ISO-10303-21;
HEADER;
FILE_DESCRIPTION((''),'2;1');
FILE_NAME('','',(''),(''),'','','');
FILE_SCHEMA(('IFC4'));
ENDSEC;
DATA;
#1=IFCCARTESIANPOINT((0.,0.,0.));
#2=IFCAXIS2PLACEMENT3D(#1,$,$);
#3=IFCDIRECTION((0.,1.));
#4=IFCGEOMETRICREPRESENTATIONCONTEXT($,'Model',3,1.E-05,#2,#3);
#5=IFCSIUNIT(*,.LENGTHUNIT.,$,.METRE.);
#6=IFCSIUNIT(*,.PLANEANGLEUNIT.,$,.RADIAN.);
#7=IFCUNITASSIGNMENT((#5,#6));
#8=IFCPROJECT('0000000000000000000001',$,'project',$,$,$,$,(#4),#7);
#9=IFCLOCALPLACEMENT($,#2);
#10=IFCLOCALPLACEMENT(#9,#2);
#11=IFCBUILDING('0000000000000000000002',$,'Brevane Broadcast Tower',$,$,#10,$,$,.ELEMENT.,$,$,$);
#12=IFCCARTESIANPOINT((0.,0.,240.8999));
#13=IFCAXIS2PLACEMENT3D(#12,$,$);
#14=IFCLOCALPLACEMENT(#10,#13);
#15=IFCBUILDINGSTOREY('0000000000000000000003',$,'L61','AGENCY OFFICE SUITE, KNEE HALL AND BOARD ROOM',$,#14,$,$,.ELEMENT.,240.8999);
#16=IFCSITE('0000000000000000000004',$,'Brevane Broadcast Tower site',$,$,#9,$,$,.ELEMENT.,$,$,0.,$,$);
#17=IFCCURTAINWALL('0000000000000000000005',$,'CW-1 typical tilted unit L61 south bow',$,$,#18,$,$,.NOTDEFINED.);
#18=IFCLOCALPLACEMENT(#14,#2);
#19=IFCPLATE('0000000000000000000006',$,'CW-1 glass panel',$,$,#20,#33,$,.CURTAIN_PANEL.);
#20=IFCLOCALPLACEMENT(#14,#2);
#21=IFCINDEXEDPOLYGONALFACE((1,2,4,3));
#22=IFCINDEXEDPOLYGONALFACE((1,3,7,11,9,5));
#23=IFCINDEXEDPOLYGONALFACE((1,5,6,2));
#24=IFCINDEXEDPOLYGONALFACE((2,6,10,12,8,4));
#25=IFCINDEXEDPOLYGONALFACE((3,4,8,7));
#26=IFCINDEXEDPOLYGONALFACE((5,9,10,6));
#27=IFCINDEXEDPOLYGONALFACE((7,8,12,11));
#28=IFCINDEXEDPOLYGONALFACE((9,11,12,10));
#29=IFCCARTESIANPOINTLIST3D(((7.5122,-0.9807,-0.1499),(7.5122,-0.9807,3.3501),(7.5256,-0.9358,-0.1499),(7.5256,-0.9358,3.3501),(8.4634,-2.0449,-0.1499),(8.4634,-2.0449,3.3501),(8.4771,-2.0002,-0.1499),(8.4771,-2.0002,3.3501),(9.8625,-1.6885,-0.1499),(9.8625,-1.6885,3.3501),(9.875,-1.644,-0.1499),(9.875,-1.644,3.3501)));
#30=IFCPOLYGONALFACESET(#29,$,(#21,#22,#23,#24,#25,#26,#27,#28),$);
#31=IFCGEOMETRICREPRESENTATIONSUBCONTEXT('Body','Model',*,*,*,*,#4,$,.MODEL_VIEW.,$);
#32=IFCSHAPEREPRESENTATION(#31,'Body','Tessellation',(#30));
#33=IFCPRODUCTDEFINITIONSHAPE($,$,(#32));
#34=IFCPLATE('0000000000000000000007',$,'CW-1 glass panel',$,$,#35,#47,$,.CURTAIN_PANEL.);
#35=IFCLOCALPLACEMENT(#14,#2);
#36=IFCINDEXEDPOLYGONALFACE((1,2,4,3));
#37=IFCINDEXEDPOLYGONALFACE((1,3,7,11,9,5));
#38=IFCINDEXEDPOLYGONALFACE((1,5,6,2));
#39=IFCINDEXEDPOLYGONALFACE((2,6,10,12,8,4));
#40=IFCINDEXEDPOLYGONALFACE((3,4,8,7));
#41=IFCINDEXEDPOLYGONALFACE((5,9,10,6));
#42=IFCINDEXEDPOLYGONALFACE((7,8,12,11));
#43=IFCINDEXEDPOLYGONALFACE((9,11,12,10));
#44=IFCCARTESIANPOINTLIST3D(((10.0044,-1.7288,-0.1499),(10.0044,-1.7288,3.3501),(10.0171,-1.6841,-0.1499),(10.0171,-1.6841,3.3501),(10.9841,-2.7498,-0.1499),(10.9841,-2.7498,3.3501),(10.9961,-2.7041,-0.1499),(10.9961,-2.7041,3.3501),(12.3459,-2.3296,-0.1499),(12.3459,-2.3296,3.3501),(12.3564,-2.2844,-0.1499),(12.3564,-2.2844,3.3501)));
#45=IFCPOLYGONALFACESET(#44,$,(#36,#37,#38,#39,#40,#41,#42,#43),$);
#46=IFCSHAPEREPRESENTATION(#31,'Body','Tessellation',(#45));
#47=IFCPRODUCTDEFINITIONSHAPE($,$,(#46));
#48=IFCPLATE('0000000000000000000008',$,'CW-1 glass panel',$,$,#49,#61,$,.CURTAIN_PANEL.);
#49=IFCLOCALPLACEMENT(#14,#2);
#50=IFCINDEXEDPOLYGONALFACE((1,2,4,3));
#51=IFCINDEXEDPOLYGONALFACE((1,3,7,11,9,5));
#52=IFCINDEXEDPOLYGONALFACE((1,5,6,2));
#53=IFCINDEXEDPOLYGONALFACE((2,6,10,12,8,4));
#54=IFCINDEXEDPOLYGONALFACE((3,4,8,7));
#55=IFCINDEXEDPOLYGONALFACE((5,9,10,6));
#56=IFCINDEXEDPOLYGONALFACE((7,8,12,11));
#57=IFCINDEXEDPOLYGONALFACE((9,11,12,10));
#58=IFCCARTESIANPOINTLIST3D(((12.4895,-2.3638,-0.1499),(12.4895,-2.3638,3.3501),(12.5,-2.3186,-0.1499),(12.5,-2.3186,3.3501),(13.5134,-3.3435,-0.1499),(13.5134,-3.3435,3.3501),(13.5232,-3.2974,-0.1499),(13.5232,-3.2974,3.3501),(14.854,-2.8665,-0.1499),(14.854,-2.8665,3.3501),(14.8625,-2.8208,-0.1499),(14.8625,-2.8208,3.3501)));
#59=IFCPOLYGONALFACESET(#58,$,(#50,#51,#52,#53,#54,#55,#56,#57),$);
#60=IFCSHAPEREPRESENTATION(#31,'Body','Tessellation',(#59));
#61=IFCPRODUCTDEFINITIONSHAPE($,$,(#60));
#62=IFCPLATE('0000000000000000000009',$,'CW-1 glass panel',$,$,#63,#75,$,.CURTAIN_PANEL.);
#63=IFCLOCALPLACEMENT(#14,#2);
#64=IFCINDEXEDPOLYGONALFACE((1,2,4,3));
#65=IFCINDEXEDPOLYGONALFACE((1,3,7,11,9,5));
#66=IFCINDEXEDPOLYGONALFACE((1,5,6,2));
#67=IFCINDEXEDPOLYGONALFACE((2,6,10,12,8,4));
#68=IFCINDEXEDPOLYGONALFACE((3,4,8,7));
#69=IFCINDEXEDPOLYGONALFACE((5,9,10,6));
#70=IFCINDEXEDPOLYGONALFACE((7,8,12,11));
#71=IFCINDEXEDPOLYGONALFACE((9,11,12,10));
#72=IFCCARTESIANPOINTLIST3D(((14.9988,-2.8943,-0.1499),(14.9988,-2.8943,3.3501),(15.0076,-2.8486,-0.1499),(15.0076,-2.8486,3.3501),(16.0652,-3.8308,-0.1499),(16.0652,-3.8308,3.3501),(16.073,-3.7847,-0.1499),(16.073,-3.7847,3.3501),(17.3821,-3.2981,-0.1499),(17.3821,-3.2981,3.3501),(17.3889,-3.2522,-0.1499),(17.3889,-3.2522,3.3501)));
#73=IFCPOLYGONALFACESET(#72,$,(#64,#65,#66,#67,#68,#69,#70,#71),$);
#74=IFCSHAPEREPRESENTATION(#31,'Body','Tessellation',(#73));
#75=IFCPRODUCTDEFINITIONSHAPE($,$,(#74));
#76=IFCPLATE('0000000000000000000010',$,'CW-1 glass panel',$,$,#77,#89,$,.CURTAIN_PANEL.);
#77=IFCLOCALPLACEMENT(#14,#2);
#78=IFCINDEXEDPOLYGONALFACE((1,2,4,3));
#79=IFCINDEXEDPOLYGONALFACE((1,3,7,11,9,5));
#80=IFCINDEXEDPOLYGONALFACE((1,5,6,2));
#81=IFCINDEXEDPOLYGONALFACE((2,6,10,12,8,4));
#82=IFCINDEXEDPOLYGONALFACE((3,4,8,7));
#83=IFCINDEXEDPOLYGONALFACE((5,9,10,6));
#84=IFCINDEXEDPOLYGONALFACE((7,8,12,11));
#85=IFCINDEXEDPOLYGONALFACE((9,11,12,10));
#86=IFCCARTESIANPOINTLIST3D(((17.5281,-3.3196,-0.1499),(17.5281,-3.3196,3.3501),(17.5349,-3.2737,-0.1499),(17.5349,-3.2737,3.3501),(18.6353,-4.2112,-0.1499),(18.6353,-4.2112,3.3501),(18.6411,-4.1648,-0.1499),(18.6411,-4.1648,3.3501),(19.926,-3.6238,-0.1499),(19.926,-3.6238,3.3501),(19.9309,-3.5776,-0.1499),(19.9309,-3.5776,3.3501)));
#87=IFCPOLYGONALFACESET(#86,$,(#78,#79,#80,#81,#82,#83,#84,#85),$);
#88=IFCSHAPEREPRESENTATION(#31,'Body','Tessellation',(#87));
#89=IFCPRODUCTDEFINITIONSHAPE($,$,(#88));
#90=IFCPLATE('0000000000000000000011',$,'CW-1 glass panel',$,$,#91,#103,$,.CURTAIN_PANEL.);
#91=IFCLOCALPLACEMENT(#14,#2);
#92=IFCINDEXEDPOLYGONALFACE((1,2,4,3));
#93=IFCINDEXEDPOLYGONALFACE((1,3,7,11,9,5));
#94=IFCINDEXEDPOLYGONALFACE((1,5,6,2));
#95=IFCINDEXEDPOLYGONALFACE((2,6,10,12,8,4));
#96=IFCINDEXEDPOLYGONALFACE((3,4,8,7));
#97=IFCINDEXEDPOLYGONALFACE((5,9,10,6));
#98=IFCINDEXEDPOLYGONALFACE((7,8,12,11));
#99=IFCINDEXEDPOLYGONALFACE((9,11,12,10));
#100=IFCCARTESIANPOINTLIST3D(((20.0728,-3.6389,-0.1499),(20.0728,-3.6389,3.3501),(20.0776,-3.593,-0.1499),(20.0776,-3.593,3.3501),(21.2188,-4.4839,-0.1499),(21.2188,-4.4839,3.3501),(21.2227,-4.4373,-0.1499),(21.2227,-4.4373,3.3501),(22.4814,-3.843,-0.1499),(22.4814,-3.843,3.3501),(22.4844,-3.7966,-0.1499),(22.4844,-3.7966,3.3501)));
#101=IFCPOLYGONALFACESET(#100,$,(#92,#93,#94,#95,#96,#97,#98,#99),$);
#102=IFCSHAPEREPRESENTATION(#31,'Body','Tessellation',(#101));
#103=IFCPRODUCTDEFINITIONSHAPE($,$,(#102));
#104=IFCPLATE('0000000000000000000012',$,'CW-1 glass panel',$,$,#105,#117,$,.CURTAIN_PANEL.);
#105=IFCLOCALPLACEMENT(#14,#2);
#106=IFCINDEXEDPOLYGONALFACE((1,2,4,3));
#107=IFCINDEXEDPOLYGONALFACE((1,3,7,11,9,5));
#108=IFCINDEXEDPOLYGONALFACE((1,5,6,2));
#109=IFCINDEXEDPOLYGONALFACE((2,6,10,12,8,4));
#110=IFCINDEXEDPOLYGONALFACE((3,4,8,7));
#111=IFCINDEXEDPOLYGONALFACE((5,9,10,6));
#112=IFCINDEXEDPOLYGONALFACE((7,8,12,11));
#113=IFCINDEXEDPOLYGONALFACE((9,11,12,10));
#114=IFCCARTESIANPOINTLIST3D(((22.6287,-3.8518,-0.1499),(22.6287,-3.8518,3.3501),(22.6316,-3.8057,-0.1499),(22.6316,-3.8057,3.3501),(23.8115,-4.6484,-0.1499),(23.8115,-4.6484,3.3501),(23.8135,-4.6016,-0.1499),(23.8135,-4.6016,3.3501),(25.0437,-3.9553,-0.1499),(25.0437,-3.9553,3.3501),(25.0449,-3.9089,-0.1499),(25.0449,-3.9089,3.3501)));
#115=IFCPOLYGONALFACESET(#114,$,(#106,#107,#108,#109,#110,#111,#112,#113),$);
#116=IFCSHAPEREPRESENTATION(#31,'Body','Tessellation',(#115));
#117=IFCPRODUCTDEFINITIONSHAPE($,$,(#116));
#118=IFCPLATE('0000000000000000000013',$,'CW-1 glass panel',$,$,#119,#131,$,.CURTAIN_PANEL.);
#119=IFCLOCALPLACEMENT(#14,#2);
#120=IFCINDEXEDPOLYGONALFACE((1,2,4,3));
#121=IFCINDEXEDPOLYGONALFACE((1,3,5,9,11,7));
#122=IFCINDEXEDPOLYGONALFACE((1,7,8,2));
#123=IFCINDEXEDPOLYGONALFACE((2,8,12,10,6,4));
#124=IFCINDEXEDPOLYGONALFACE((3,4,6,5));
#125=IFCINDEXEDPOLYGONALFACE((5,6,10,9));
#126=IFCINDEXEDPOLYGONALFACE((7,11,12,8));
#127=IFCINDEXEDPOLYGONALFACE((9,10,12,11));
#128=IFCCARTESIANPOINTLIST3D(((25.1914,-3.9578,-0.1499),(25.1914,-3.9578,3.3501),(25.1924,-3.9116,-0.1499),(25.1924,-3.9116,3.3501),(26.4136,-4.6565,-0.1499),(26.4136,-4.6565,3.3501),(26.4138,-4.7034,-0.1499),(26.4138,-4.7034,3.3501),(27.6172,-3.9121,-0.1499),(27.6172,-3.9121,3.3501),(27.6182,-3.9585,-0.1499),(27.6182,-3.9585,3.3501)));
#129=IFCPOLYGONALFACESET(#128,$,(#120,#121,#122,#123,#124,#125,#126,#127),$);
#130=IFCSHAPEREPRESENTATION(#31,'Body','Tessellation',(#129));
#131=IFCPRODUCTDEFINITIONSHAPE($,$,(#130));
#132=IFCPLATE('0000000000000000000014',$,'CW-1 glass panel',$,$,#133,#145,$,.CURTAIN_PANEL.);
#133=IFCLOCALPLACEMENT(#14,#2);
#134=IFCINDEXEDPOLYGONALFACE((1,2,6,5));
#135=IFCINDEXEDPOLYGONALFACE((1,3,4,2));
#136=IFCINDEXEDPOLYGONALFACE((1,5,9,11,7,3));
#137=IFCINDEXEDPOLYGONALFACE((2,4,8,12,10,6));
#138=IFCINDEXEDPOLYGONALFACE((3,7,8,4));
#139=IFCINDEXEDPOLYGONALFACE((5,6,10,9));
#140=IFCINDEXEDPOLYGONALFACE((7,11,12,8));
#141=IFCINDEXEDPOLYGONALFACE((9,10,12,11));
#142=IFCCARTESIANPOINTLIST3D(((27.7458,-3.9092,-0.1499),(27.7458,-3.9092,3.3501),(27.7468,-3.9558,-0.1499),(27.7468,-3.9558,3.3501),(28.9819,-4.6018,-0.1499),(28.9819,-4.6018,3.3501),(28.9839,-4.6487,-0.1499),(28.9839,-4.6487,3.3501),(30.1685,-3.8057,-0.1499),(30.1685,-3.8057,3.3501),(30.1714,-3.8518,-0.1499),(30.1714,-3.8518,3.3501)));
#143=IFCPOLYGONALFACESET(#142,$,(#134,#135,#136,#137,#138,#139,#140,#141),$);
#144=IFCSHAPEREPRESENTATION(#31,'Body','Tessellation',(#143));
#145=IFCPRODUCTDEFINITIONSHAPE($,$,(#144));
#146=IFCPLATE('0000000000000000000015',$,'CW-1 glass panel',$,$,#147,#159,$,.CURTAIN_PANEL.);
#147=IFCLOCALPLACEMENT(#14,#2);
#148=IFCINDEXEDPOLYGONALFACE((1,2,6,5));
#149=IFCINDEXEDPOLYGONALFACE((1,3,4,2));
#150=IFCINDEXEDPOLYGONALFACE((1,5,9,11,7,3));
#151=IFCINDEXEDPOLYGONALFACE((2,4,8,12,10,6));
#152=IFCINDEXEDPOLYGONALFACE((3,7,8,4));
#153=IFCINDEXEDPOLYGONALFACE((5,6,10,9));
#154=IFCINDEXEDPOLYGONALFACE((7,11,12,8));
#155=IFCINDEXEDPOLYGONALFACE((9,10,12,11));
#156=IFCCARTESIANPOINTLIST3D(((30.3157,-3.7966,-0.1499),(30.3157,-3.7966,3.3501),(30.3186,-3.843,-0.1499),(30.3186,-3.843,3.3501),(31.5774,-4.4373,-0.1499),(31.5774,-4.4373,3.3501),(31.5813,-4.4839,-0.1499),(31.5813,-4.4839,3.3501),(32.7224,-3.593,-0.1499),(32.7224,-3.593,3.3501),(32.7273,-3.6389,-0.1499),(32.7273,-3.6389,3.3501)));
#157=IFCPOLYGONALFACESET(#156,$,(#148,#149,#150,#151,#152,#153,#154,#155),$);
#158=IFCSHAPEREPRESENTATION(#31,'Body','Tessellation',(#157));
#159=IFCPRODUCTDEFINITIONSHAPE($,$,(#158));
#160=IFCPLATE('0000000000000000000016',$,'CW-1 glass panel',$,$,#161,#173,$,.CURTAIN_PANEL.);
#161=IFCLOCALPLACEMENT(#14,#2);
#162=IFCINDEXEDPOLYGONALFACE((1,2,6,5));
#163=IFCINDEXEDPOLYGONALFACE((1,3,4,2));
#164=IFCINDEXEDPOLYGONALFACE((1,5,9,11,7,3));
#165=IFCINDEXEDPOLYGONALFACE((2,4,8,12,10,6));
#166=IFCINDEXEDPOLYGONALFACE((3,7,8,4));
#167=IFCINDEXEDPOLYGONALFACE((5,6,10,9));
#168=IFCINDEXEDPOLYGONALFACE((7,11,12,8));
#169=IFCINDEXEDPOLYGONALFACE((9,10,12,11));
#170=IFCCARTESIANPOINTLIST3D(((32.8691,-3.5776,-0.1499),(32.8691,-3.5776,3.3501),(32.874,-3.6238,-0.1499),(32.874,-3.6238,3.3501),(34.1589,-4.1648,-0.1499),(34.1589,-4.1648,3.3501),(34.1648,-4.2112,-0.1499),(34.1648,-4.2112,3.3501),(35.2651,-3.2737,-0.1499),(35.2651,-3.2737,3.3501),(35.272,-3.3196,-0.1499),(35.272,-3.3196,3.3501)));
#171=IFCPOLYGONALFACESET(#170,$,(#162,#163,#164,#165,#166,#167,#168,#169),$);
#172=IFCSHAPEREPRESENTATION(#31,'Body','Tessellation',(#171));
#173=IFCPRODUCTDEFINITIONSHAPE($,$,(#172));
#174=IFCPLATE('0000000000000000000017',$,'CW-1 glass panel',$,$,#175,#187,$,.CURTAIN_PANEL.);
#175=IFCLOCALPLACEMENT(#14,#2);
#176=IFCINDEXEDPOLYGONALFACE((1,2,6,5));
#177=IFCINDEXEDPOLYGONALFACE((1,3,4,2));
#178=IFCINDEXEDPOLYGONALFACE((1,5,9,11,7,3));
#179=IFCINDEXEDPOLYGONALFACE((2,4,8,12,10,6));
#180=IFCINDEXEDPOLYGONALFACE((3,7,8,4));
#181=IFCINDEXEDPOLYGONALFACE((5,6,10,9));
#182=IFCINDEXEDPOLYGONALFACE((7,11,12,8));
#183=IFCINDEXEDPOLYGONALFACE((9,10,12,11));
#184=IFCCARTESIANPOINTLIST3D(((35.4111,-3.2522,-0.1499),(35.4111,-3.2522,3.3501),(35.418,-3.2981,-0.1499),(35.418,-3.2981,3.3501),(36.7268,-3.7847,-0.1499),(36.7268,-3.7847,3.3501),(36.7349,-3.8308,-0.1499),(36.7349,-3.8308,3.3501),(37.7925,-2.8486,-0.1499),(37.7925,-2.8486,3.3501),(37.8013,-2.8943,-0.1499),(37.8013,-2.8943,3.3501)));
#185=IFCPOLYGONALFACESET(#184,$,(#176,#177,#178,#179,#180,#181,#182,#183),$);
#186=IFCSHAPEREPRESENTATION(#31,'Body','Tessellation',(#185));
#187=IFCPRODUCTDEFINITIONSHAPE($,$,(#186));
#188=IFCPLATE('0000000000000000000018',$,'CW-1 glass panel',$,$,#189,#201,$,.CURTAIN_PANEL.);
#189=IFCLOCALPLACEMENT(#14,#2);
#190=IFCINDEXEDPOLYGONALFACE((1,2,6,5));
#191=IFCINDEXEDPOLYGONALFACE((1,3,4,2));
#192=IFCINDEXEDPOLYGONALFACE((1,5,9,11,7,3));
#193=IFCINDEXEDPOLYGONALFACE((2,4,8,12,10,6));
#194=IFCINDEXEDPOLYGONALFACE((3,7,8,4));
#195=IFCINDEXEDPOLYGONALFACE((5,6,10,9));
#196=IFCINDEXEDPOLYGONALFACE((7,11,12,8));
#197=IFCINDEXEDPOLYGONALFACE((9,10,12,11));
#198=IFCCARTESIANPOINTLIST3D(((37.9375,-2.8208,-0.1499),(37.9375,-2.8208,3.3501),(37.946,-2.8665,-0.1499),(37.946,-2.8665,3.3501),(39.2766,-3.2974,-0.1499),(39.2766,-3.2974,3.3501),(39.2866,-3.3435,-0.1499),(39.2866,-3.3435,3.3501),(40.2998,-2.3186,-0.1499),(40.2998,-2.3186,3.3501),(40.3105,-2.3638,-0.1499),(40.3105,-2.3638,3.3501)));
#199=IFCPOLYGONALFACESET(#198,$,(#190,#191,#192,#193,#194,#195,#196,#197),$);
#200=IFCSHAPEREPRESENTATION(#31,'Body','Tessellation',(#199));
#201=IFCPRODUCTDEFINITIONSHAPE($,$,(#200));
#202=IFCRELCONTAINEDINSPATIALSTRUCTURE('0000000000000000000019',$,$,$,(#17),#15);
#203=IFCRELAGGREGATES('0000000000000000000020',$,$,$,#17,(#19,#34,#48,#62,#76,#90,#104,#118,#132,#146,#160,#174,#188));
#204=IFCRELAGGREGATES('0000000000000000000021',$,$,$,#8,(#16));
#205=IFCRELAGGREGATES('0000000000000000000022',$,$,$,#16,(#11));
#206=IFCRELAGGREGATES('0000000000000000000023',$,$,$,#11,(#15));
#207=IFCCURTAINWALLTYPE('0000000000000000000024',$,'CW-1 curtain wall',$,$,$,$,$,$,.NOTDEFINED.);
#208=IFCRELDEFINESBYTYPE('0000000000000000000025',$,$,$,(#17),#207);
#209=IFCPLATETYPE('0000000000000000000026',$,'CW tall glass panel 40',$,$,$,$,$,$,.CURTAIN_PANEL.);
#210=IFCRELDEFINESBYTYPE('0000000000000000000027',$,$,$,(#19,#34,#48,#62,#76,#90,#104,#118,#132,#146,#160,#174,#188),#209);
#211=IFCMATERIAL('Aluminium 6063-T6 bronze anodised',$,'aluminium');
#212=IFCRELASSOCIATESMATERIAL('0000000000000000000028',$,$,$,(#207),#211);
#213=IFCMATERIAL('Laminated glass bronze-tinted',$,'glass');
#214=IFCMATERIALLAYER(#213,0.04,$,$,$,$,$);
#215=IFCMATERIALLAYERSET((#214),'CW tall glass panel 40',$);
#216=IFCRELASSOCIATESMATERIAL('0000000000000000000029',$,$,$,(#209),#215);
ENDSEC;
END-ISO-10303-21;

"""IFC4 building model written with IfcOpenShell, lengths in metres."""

from ifc_helpers import new_model, si_unit, direction, frame, origin, place, context, subcontext, project, spatial, polyline, outline, extrude, material, layer, layer_set, type_object, element, aggregate, save


model = new_model("IFC4")

# Units and contexts
model_context = context("Model", 3, precision=1e-05, world=origin(), true_north=direction((0.0, 1.0)))
body_context = subcontext(model_context, "Body", "Model", "MODEL_VIEW")
ifc_project = project(units=[si_unit("LENGTHUNIT", "METRE"), si_unit("PLANEANGLEUNIT", "RADIAN")], contexts=[model_context])

# Site, building, storey
site_placement = place(None, origin())
site = spatial("IfcSite", under=ifc_project, at=site_placement, Name="Brevane Broadcast Tower site", CompositionType="ELEMENT", RefElevation=0.0)
building_placement = place(site_placement, origin())
building = spatial("IfcBuilding", under=site, at=building_placement, Name="Brevane Broadcast Tower", CompositionType="ELEMENT")
storey_placement = place(building_placement, frame((0.0, 0.0, 240.8999)))
storey = spatial("IfcBuildingStorey", under=building, at=storey_placement, Name="L61", Description="AGENCY OFFICE SUITE, KNEE HALL AND BOARD ROOM", CompositionType="ELEMENT", Elevation=240.8999)

# Curtain wall, plates
ifc_material_1 = material(Name="Aluminium 6063-T6 bronze anodised", Category="aluminium")
curtain_wall_type = type_object("IfcCurtainWallType", Name="CW-1 curtain wall", PredefinedType="NOTDEFINED", material=ifc_material_1)
curtain_wall_1_placement = place(storey_placement, origin())
curtain_wall_1 = element("IfcCurtainWall", 1, at=curtain_wall_1_placement, inside=storey, type_object=curtain_wall_type, Name="CW-1 typical tilted unit L61 south bow", PredefinedType="NOTDEFINED")
ifc_material_2 = material(Name="Laminated glass bronze-tinted", Category="glass")
ifc_layer = layer(ifc_material_2, 0.04)
ifc_layer_set = layer_set([ifc_layer], Name="CW tall glass panel 40")
plate_type = type_object("IfcPlateType", Name="CW tall glass panel 40", PredefinedType="CURTAIN_PANEL", material=ifc_layer_set)
plate_1_placement = place(storey_placement, frame((0.0, 0.0, -0.1499)))
plate_1 = element("IfcPlate", 2, at=plate_1_placement, type_object=plate_type, Name="CW-1 glass panel", PredefinedType="CURTAIN_PANEL", context=body_context, shape_type="SweptSolid", body=[
    extrude(outline(polyline([(7.5256, -0.9358), (7.5122, -0.9807), (8.4634, -2.0449), (9.8625, -1.6885), (9.875, -1.644), (8.4771, -2.0002), (7.5256, -0.9358)])), origin(), (0.0, 0.0, 1.0), 3.5),
])
plate_2_placement = place(storey_placement, frame((0.0, 0.0, -0.1499)))
plate_2 = element("IfcPlate", 3, at=plate_2_placement, type_object=plate_type, Name="CW-1 glass panel", PredefinedType="CURTAIN_PANEL", context=body_context, shape_type="SweptSolid", body=[
    extrude(outline(polyline([(10.0171, -1.6841), (10.0044, -1.7288), (10.9841, -2.7498), (12.3459, -2.3296), (12.3564, -2.2844), (10.9961, -2.7041), (10.0171, -1.6841)])), origin(), (0.0, 0.0, 1.0), 3.5),
])
plate_3_placement = place(storey_placement, frame((0.0, 0.0, -0.1499)))
plate_3 = element("IfcPlate", 4, at=plate_3_placement, type_object=plate_type, Name="CW-1 glass panel", PredefinedType="CURTAIN_PANEL", context=body_context, shape_type="SweptSolid", body=[
    extrude(outline(polyline([(12.5, -2.3186), (12.4895, -2.3638), (13.5134, -3.3435), (14.854, -2.8665), (14.8625, -2.8208), (13.5232, -3.2974), (12.5, -2.3186)])), origin(), (0.0, 0.0, 1.0), 3.5),
])
plate_4_placement = place(storey_placement, frame((0.0, 0.0, -0.1499)))
plate_4 = element("IfcPlate", 5, at=plate_4_placement, type_object=plate_type, Name="CW-1 glass panel", PredefinedType="CURTAIN_PANEL", context=body_context, shape_type="SweptSolid", body=[
    extrude(outline(polyline([(15.0076, -2.8486), (14.9988, -2.8943), (16.0652, -3.8308), (17.3821, -3.2981), (17.3889, -3.2522), (16.073, -3.7847), (15.0076, -2.8486)])), origin(), (0.0, 0.0, 1.0), 3.5),
])
plate_5_placement = place(storey_placement, frame((0.0, 0.0, -0.1499)))
plate_5 = element("IfcPlate", 6, at=plate_5_placement, type_object=plate_type, Name="CW-1 glass panel", PredefinedType="CURTAIN_PANEL", context=body_context, shape_type="SweptSolid", body=[
    extrude(outline(polyline([(17.5349, -3.2737), (17.5281, -3.3196), (18.6353, -4.2112), (19.926, -3.6238), (19.9309, -3.5776), (18.6411, -4.1648), (17.5349, -3.2737)])), origin(), (0.0, 0.0, 1.0), 3.5),
])
plate_6_placement = place(storey_placement, frame((0.0, 0.0, -0.1499)))
plate_6 = element("IfcPlate", 7, at=plate_6_placement, type_object=plate_type, Name="CW-1 glass panel", PredefinedType="CURTAIN_PANEL", context=body_context, shape_type="SweptSolid", body=[
    extrude(outline(polyline([(20.0776, -3.593), (20.0728, -3.6389), (21.2188, -4.4839), (22.4814, -3.843), (22.4844, -3.7966), (21.2227, -4.4373), (20.0776, -3.593)])), origin(), (0.0, 0.0, 1.0), 3.5),
])
plate_7_placement = place(storey_placement, frame((0.0, 0.0, -0.1499)))
plate_7 = element("IfcPlate", 8, at=plate_7_placement, type_object=plate_type, Name="CW-1 glass panel", PredefinedType="CURTAIN_PANEL", context=body_context, shape_type="SweptSolid", body=[
    extrude(outline(polyline([(22.6316, -3.8057), (22.6287, -3.8518), (23.8115, -4.6484), (25.0437, -3.9553), (25.0449, -3.9089), (23.8135, -4.6016), (22.6316, -3.8057)])), origin(), (0.0, 0.0, 1.0), 3.5),
])
plate_8_placement = place(storey_placement, frame((0.0, 0.0, -0.1499)))
plate_8 = element("IfcPlate", 9, at=plate_8_placement, type_object=plate_type, Name="CW-1 glass panel", PredefinedType="CURTAIN_PANEL", context=body_context, shape_type="SweptSolid", body=[
    extrude(outline(polyline([(25.1924, -3.9116), (25.1914, -3.9578), (26.4138, -4.7034), (27.6182, -3.9585), (27.6172, -3.9121), (26.4136, -4.6565), (25.1924, -3.9116)])), origin(), (0.0, 0.0, 1.0), 3.5),
])
plate_9_placement = place(storey_placement, frame((0.0, 0.0, -0.1499)))
plate_9 = element("IfcPlate", 10, at=plate_9_placement, type_object=plate_type, Name="CW-1 glass panel", PredefinedType="CURTAIN_PANEL", context=body_context, shape_type="SweptSolid", body=[
    extrude(outline(polyline([(27.7458, -3.9092), (27.7468, -3.9558), (28.9839, -4.6487), (30.1714, -3.8518), (30.1685, -3.8057), (28.9819, -4.6018), (27.7458, -3.9092)])), origin(), (0.0, 0.0, 1.0), 3.5),
])
plate_10_placement = place(storey_placement, frame((0.0, 0.0, -0.1499)))
plate_10 = element("IfcPlate", 11, at=plate_10_placement, type_object=plate_type, Name="CW-1 glass panel", PredefinedType="CURTAIN_PANEL", context=body_context, shape_type="SweptSolid", body=[
    extrude(outline(polyline([(30.3157, -3.7966), (30.3186, -3.843), (31.5813, -4.4839), (32.7273, -3.6389), (32.7224, -3.593), (31.5774, -4.4373), (30.3157, -3.7966)])), origin(), (0.0, 0.0, 1.0), 3.5),
])
plate_11_placement = place(storey_placement, frame((0.0, 0.0, -0.1499)))
plate_11 = element("IfcPlate", 12, at=plate_11_placement, type_object=plate_type, Name="CW-1 glass panel", PredefinedType="CURTAIN_PANEL", context=body_context, shape_type="SweptSolid", body=[
    extrude(outline(polyline([(32.8691, -3.5776), (32.874, -3.6238), (34.1648, -4.2112), (35.272, -3.3196), (35.2651, -3.2737), (34.1589, -4.1648), (32.8691, -3.5776)])), origin(), (0.0, 0.0, 1.0), 3.5),
])
plate_12_placement = place(storey_placement, frame((0.0, 0.0, -0.1499)))
plate_12 = element("IfcPlate", 13, at=plate_12_placement, type_object=plate_type, Name="CW-1 glass panel", PredefinedType="CURTAIN_PANEL", context=body_context, shape_type="SweptSolid", body=[
    extrude(outline(polyline([(35.4111, -3.2522), (35.418, -3.2981), (36.7349, -3.8308), (37.8013, -2.8943), (37.7925, -2.8486), (36.7268, -3.7847), (35.4111, -3.2522)])), origin(), (0.0, 0.0, 1.0), 3.5),
])
plate_13_placement = place(storey_placement, frame((0.0, 0.0, -0.1499)))
plate_13 = element("IfcPlate", 14, at=plate_13_placement, type_object=plate_type, Name="CW-1 glass panel", PredefinedType="CURTAIN_PANEL", context=body_context, shape_type="SweptSolid", body=[
    extrude(outline(polyline([(37.9375, -2.8208), (37.946, -2.8665), (39.2866, -3.3435), (40.3105, -2.3638), (40.2998, -2.3186), (39.2766, -3.2974), (37.9375, -2.8208)])), origin(), (0.0, 0.0, 1.0), 3.5),
])
aggregate(curtain_wall_1, [plate_1, plate_2, plate_3, plate_4, plate_5, plate_6, plate_7, plate_8, plate_9, plate_10, plate_11, plate_12, plate_13])

save(model, "model.ifc")
